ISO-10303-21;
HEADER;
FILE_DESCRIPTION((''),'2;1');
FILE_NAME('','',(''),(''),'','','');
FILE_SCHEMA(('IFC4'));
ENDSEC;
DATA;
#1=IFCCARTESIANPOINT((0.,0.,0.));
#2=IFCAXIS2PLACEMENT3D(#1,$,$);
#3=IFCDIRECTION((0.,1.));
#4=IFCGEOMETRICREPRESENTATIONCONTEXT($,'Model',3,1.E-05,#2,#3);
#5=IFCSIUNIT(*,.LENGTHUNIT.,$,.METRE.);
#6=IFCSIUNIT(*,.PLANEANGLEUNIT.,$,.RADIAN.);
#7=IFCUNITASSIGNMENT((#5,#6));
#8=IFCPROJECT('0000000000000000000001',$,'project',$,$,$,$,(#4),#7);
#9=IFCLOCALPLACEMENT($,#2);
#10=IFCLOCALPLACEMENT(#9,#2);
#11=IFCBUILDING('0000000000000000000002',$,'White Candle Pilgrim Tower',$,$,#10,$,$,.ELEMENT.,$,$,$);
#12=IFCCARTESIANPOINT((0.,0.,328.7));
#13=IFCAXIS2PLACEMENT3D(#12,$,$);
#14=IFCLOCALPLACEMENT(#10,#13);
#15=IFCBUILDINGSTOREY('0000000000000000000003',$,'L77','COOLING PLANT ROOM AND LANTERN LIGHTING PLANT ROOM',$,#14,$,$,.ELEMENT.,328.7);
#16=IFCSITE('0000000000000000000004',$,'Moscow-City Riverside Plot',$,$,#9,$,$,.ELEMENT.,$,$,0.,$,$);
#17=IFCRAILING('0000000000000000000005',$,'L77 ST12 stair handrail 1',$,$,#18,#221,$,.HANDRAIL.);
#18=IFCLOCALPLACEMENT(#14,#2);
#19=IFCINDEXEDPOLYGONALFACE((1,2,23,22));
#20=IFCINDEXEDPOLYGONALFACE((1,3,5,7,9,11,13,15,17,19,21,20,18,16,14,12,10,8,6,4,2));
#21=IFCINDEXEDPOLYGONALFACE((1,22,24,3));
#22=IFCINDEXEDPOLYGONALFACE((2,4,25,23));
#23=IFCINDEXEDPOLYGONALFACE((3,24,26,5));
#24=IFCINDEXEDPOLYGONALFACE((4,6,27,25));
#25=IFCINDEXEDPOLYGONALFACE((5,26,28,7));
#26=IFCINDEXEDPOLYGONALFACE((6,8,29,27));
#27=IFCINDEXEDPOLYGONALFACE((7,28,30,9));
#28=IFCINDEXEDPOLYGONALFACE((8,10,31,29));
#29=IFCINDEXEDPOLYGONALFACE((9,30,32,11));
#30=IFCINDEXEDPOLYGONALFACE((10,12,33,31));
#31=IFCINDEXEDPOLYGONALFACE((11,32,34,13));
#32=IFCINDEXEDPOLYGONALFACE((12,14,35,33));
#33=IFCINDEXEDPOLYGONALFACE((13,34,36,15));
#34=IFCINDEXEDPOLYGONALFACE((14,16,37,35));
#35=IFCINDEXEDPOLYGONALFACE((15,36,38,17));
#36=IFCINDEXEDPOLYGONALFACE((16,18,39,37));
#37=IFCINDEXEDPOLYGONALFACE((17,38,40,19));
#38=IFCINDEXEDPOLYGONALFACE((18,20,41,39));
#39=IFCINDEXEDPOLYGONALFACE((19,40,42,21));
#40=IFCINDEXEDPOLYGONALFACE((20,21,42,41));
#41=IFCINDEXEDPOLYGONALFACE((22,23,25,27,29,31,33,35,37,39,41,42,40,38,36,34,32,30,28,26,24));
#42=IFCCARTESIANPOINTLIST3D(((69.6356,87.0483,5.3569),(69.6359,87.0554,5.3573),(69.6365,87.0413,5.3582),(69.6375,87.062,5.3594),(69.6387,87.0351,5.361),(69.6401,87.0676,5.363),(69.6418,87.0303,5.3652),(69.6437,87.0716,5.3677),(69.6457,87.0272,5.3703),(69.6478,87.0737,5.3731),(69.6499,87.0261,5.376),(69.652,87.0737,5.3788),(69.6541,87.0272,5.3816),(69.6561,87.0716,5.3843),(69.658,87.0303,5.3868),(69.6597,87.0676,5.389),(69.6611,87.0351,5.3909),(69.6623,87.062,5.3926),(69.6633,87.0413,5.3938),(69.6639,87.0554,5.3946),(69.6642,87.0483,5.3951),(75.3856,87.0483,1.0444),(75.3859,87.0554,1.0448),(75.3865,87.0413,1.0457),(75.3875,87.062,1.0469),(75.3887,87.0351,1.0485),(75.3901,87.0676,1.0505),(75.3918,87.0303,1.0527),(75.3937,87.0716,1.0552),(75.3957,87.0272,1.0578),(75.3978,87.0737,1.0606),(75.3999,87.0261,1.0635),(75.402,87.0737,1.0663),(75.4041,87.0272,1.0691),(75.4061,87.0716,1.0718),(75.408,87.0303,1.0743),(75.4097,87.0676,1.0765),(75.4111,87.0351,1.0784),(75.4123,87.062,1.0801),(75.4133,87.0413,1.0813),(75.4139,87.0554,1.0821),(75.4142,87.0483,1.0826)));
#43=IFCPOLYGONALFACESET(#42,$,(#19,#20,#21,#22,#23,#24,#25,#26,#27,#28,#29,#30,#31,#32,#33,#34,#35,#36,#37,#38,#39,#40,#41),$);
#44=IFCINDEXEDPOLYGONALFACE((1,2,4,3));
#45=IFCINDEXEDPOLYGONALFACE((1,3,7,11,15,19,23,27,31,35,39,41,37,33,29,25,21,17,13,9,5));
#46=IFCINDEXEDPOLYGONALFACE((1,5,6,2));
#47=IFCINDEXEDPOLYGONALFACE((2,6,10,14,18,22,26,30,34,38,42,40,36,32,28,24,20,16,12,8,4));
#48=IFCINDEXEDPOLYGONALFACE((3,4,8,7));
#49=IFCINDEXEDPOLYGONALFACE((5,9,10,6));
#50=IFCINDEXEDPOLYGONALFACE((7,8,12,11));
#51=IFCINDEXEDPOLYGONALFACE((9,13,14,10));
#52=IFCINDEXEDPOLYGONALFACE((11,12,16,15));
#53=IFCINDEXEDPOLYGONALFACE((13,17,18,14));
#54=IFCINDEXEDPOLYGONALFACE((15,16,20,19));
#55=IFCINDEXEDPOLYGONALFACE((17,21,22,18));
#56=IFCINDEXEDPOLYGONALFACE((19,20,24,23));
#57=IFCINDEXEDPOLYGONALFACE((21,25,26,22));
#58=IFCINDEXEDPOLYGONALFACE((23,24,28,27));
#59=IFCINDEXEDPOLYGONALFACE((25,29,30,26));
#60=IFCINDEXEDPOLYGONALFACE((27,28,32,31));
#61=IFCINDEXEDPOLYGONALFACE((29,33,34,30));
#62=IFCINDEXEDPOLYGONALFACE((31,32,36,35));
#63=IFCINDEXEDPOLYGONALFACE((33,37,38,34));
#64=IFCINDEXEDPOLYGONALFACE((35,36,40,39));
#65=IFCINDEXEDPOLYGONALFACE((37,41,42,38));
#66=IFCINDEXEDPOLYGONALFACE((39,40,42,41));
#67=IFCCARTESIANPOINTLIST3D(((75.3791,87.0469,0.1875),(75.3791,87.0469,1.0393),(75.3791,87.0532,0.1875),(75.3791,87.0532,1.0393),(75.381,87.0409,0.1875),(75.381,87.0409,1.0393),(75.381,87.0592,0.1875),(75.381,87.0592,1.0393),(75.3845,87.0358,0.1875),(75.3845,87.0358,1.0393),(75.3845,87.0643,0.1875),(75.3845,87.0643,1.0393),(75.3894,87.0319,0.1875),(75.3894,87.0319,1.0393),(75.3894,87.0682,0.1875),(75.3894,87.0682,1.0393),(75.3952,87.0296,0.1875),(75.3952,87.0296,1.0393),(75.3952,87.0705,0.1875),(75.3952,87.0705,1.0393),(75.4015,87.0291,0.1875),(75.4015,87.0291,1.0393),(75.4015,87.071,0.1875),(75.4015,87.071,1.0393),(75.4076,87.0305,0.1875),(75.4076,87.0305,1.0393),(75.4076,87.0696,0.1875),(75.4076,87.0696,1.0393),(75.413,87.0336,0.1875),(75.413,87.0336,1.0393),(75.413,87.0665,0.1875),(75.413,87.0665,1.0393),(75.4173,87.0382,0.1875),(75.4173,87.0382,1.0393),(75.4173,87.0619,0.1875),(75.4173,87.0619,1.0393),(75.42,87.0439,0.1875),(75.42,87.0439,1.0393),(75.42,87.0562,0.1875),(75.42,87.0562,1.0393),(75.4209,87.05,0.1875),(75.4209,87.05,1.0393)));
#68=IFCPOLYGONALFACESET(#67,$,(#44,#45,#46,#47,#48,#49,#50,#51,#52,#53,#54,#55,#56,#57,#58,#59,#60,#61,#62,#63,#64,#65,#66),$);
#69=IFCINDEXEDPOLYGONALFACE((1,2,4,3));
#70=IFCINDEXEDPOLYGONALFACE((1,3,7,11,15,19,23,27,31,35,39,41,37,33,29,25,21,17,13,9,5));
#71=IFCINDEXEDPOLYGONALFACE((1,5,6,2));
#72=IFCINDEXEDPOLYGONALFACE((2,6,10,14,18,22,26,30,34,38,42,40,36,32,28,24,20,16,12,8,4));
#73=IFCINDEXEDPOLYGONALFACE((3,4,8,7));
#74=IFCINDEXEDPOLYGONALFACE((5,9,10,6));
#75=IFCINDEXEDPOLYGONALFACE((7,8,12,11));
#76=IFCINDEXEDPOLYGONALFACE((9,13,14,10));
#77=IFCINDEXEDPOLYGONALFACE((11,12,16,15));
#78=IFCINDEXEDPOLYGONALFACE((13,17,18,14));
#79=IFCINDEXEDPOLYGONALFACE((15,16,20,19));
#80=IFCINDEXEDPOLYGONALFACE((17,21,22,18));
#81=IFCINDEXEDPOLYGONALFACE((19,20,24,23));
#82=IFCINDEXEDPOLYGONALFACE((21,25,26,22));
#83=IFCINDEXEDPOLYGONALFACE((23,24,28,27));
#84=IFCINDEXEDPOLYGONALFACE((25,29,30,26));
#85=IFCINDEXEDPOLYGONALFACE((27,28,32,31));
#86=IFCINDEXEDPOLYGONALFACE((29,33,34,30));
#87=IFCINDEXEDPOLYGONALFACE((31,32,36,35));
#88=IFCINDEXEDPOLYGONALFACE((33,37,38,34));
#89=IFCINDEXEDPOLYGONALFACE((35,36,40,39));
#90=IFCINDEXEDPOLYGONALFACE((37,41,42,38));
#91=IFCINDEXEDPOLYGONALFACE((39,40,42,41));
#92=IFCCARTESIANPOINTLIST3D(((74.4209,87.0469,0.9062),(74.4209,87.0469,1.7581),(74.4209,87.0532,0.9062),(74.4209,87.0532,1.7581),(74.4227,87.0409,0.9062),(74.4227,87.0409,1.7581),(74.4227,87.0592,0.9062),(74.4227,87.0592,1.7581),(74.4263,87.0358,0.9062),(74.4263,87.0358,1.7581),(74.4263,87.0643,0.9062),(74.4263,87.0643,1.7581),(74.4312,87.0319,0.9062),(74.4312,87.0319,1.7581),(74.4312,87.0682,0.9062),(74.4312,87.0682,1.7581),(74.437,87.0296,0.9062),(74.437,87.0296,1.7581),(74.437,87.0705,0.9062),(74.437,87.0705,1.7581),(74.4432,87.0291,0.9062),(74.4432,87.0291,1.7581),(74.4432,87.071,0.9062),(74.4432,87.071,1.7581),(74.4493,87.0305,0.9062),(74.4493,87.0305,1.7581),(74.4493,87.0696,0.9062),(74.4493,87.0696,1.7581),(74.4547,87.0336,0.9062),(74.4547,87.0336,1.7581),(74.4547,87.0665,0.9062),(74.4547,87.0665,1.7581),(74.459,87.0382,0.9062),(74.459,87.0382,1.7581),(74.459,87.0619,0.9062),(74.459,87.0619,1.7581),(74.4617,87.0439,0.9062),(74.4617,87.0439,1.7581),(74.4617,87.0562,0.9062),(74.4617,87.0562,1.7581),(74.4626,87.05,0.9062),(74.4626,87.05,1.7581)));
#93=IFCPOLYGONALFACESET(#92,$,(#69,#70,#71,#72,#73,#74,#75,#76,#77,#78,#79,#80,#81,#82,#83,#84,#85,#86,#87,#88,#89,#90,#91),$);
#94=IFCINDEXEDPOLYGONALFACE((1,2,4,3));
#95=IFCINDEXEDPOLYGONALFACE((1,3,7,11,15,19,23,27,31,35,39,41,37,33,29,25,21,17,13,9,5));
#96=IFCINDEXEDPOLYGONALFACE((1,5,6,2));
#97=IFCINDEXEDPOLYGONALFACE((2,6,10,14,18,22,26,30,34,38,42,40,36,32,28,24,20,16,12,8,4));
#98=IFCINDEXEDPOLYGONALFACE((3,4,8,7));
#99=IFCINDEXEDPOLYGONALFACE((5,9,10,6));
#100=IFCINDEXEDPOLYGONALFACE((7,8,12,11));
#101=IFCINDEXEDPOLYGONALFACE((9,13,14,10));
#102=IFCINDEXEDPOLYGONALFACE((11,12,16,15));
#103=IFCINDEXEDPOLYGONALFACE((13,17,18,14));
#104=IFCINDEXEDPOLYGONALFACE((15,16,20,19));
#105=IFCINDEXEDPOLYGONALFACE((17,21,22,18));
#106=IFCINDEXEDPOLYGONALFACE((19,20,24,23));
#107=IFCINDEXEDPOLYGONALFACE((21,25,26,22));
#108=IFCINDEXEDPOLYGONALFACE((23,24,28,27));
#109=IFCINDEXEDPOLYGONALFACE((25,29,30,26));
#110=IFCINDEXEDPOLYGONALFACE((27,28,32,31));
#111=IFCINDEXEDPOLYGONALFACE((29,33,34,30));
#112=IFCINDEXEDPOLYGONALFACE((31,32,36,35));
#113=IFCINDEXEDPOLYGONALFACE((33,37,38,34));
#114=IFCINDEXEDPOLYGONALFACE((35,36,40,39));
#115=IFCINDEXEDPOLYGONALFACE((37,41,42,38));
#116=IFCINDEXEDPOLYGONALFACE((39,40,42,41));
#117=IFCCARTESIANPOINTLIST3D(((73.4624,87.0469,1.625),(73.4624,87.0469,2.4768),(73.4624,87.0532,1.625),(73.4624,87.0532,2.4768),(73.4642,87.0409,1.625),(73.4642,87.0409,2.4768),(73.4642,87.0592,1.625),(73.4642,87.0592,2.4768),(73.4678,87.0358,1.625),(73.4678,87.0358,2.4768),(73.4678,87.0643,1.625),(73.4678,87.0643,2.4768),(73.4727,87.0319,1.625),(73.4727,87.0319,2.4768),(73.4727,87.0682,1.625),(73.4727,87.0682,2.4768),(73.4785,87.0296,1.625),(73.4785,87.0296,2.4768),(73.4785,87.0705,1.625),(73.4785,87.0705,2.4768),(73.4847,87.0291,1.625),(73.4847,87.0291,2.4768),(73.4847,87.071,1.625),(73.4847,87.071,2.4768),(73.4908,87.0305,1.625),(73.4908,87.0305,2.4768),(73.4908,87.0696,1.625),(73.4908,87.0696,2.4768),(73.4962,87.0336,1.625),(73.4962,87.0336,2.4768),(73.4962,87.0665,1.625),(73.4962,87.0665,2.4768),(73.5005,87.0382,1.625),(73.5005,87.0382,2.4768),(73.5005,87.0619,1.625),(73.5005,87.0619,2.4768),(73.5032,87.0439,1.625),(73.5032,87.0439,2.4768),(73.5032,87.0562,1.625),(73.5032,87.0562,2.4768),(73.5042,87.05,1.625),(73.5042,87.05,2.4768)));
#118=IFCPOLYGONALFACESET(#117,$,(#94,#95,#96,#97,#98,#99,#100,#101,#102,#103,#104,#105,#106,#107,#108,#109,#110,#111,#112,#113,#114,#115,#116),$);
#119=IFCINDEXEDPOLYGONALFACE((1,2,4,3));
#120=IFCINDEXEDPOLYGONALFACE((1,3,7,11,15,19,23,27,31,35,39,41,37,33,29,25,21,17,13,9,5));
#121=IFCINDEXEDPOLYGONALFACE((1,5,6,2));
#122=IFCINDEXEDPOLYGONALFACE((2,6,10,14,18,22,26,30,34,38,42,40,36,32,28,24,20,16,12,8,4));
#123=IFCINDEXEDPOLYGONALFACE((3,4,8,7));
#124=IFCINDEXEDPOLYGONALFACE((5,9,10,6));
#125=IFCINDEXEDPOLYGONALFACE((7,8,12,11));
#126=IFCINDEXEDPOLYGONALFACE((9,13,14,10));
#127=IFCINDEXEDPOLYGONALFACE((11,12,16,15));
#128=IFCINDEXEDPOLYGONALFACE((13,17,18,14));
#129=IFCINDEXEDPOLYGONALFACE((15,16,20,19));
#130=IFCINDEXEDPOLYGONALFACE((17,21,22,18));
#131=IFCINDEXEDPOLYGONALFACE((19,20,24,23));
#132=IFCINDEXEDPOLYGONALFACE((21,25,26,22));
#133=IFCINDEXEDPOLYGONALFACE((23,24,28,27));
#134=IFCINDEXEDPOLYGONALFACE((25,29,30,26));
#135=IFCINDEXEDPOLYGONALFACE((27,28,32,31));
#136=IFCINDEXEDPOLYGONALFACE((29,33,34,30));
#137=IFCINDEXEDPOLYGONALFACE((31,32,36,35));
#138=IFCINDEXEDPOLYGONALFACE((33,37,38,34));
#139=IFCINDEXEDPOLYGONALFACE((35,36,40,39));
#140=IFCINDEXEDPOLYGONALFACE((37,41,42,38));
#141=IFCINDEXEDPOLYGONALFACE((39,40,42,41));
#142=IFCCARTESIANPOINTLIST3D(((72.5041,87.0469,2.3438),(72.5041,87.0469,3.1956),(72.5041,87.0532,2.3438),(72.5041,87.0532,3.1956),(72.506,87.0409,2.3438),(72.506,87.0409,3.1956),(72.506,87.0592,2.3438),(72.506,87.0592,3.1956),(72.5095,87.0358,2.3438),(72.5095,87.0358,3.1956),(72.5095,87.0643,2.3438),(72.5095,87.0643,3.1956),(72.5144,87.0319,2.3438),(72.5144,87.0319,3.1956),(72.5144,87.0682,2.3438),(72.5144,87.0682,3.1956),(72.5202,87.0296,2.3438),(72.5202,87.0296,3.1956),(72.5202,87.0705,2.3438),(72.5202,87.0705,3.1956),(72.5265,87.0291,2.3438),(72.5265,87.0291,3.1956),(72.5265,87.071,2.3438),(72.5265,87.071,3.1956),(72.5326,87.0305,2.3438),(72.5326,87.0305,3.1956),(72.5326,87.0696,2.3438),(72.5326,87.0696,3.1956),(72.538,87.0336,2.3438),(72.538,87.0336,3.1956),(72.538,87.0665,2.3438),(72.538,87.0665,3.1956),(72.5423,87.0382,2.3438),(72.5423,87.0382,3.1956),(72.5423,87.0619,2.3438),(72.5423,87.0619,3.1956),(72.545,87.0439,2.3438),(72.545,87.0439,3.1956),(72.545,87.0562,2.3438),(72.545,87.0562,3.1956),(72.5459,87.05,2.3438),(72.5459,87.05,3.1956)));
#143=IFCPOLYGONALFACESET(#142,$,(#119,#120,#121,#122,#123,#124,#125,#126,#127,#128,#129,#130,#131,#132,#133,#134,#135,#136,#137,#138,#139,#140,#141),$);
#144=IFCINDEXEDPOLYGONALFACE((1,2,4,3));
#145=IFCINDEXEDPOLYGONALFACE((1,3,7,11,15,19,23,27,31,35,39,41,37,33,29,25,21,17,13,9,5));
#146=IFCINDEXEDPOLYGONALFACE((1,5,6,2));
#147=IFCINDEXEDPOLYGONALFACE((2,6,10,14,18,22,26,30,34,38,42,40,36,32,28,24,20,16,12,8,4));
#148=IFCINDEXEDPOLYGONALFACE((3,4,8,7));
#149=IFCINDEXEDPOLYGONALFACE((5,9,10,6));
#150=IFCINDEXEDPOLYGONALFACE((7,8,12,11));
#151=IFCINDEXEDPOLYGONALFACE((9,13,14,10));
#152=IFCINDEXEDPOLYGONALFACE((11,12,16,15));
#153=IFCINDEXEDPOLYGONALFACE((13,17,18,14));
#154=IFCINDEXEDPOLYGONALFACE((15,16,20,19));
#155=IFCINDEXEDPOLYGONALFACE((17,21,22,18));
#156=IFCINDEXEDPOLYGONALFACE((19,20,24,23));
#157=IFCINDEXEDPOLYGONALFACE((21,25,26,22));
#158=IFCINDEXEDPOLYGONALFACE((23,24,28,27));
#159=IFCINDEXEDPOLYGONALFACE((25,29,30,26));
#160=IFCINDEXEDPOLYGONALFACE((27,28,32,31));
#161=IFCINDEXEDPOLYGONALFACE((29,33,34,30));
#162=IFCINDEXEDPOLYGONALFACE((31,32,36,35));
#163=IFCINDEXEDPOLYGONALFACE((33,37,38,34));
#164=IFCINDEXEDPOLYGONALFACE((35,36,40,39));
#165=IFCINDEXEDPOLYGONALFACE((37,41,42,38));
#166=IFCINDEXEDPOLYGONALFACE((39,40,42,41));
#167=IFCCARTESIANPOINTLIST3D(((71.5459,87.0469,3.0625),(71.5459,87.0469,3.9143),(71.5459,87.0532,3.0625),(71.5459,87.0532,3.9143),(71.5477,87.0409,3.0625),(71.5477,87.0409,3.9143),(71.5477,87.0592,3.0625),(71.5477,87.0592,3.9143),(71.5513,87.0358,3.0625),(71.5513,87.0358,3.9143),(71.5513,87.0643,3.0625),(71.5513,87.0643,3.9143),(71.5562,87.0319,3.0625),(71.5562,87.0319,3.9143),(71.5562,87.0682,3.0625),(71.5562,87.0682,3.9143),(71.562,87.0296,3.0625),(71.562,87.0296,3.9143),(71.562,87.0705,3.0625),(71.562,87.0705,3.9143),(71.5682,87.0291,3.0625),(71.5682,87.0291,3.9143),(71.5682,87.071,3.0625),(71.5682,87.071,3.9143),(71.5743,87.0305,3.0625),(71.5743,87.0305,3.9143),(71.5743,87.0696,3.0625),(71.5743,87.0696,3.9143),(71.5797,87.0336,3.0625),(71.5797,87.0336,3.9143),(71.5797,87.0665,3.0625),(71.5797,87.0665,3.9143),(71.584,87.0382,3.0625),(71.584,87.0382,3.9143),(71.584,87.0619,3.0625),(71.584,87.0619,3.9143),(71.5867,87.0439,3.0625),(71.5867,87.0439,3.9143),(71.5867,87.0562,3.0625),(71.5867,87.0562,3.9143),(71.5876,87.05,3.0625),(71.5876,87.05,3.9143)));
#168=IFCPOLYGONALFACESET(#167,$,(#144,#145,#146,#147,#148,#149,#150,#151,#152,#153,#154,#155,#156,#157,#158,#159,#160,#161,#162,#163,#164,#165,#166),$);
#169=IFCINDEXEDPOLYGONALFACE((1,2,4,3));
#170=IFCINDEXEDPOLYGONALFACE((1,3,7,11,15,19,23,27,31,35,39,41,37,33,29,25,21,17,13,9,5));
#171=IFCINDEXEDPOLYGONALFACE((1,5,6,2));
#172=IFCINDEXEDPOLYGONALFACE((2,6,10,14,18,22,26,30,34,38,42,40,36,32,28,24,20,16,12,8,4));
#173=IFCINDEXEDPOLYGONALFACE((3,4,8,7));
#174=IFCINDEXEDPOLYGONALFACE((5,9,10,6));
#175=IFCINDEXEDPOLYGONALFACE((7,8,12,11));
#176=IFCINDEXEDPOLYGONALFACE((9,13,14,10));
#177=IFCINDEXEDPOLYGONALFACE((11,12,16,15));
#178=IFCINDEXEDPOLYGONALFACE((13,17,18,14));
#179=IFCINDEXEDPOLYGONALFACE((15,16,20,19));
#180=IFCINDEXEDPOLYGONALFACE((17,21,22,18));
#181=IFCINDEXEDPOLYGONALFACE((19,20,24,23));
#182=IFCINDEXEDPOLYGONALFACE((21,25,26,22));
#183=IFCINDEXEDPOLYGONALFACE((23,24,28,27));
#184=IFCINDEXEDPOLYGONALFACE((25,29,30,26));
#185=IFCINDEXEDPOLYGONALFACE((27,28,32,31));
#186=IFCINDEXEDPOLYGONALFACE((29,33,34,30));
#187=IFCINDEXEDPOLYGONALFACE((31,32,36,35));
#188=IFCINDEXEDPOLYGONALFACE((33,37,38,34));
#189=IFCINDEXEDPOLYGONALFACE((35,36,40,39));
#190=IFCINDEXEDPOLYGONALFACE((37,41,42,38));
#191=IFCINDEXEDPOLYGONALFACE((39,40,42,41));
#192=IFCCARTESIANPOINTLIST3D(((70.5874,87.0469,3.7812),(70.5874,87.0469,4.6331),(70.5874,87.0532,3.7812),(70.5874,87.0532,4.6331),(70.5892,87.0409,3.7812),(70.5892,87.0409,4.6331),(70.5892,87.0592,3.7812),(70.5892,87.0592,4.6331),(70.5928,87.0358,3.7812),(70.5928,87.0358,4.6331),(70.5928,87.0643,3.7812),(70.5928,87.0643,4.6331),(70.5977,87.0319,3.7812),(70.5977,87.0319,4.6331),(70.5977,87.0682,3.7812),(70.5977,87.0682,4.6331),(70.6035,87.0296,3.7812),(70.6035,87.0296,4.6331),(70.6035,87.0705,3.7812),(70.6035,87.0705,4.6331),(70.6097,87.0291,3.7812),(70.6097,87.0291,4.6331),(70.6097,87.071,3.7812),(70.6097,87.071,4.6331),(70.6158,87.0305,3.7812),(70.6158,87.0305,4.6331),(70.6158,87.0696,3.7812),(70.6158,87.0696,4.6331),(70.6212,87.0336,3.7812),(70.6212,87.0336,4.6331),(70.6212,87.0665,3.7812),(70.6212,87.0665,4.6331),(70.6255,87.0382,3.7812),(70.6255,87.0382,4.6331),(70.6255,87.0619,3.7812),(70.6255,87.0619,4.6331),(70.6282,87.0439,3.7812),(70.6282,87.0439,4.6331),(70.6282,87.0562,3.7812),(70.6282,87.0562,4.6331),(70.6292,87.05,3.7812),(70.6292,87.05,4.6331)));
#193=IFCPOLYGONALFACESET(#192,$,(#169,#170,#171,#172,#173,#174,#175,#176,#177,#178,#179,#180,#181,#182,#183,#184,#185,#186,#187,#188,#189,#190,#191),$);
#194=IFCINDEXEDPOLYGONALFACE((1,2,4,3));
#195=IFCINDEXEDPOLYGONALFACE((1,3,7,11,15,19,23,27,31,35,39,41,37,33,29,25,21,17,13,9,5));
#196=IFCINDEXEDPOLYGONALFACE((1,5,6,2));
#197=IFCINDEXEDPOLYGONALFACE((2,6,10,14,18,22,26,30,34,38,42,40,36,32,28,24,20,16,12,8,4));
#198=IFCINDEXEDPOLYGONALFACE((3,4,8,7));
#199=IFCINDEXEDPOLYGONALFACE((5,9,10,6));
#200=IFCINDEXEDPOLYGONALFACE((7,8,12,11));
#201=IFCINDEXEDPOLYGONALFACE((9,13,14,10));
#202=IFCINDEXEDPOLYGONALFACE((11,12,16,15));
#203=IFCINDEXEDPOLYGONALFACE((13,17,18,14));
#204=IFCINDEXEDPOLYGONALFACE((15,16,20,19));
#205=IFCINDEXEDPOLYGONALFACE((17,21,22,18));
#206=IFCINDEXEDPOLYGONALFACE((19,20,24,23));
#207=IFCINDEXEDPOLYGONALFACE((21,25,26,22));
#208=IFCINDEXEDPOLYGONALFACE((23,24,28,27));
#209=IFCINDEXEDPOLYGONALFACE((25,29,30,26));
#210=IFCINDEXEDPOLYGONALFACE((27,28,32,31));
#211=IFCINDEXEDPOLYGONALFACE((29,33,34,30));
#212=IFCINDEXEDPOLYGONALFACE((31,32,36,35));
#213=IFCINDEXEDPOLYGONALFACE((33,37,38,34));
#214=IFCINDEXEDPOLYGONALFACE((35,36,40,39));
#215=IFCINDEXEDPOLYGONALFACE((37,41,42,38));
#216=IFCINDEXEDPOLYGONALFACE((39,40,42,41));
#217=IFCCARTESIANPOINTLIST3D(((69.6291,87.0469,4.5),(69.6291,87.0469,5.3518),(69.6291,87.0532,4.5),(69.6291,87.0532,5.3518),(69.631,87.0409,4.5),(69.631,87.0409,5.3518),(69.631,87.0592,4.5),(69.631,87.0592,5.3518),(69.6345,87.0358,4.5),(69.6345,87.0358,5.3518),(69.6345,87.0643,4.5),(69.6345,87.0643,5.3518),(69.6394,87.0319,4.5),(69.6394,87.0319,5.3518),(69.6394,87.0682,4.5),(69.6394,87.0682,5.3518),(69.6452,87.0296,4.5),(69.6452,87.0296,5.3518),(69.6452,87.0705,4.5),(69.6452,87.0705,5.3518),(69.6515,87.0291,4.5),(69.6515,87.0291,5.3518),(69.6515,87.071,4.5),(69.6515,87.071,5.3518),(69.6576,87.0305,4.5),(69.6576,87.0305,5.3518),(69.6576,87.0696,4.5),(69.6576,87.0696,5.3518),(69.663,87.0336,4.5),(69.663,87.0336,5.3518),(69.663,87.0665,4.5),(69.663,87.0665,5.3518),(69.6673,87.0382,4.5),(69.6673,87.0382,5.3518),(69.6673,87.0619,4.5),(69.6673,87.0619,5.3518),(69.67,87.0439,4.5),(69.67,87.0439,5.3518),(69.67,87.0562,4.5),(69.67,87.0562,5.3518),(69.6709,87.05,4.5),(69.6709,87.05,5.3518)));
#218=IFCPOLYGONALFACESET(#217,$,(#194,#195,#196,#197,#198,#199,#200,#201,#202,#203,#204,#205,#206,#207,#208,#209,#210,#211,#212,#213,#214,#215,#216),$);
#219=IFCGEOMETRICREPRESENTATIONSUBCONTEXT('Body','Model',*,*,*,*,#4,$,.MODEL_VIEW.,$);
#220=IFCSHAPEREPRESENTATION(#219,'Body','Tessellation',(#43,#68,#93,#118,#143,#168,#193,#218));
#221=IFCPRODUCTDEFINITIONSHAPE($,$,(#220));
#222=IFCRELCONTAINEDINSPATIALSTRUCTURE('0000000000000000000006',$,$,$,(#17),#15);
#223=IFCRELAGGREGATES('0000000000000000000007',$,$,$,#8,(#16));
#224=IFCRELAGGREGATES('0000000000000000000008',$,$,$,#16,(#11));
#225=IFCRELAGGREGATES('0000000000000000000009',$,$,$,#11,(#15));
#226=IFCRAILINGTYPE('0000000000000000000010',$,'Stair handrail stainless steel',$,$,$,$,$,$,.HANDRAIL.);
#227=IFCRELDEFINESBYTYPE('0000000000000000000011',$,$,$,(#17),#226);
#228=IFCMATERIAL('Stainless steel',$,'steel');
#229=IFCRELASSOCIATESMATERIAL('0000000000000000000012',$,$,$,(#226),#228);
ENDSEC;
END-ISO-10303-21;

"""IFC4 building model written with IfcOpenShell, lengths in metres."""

from ifc_helpers import new_model, si_unit, direction, frame, origin, origin_2d, place, context, subcontext, project, spatial, circle, extrude, material, type_object, element, save


model = new_model("IFC4")

# Units and contexts
model_context = context("Model", 3, precision=1e-05, world=origin(), true_north=direction((0.0, 1.0)))
body_context = subcontext(model_context, "Body", "Model", "MODEL_VIEW")
ifc_project = project(units=[si_unit("LENGTHUNIT", "METRE"), si_unit("PLANEANGLEUNIT", "RADIAN")], contexts=[model_context])

# Site, building, storey
site_placement = place(None, origin())
site = spatial("IfcSite", under=ifc_project, at=site_placement, Name="Moscow-City Riverside Plot", CompositionType="ELEMENT", RefElevation=0.0)
building_placement = place(site_placement, origin())
building = spatial("IfcBuilding", under=site, at=building_placement, Name="White Candle Pilgrim Tower", CompositionType="ELEMENT")
storey_placement = place(building_placement, frame((0.0, 0.0, 328.7)))
storey = spatial("IfcBuildingStorey", under=building, at=storey_placement, Name="L77", Description="COOLING PLANT ROOM AND LANTERN LIGHTING PLANT ROOM", CompositionType="ELEMENT", Elevation=328.7)

# Railing
ifc_material_1 = material(Name="Stainless steel", Category="steel")
railing_type_1 = type_object("IfcRailingType", Name="Stair handrail stainless steel", PredefinedType="HANDRAIL", material=ifc_material_1)
railing_1_placement = place(storey_placement, frame((75.3999, 87.05, 0.1875)))
element("IfcRailing", 1, at=railing_1_placement, inside=storey, type_object=railing_type_1, Name="L77 ST12 stair handrail 1", PredefinedType="HANDRAIL", context=body_context, shape_type="SweptSolid", body=[
    extrude(circle(Radius=0.0239, at=origin_2d()), frame((0.0, 0.0, 0.876), z_axis=(-0.8, 0.0, 0.6), x_axis=(0.0, -1.0, 0.0)), (0.0, 0.0, 1.0), 7.1875),
    extrude(circle(Radius=0.021, at=origin_2d()), origin(), (0.0, 0.0, 1.0), 0.8518),
    extrude(circle(Radius=0.021, at=origin_2d()), frame((-0.9583, 0.0, 0.7188)), (0.0, 0.0, 1.0), 0.8518),
    extrude(circle(Radius=0.021, at=origin_2d()), frame((-1.9167, 0.0, 1.4375)), (0.0, 0.0, 1.0), 0.8518),
    extrude(circle(Radius=0.021, at=origin_2d()), frame((-2.875, 0.0, 2.1562)), (0.0, 0.0, 1.0), 0.8518),
    extrude(circle(Radius=0.021, at=origin_2d()), frame((-3.8333, 0.0, 2.875)), (0.0, 0.0, 1.0), 0.8518),
    extrude(circle(Radius=0.021, at=origin_2d()), frame((-4.7917, 0.0, 3.5938)), (0.0, 0.0, 1.0), 0.8518),
    extrude(circle(Radius=0.021, at=origin_2d()), frame((-5.75, 0.0, 4.3125)), (0.0, 0.0, 1.0), 0.8518),
])

save(model, "model.ifc")
